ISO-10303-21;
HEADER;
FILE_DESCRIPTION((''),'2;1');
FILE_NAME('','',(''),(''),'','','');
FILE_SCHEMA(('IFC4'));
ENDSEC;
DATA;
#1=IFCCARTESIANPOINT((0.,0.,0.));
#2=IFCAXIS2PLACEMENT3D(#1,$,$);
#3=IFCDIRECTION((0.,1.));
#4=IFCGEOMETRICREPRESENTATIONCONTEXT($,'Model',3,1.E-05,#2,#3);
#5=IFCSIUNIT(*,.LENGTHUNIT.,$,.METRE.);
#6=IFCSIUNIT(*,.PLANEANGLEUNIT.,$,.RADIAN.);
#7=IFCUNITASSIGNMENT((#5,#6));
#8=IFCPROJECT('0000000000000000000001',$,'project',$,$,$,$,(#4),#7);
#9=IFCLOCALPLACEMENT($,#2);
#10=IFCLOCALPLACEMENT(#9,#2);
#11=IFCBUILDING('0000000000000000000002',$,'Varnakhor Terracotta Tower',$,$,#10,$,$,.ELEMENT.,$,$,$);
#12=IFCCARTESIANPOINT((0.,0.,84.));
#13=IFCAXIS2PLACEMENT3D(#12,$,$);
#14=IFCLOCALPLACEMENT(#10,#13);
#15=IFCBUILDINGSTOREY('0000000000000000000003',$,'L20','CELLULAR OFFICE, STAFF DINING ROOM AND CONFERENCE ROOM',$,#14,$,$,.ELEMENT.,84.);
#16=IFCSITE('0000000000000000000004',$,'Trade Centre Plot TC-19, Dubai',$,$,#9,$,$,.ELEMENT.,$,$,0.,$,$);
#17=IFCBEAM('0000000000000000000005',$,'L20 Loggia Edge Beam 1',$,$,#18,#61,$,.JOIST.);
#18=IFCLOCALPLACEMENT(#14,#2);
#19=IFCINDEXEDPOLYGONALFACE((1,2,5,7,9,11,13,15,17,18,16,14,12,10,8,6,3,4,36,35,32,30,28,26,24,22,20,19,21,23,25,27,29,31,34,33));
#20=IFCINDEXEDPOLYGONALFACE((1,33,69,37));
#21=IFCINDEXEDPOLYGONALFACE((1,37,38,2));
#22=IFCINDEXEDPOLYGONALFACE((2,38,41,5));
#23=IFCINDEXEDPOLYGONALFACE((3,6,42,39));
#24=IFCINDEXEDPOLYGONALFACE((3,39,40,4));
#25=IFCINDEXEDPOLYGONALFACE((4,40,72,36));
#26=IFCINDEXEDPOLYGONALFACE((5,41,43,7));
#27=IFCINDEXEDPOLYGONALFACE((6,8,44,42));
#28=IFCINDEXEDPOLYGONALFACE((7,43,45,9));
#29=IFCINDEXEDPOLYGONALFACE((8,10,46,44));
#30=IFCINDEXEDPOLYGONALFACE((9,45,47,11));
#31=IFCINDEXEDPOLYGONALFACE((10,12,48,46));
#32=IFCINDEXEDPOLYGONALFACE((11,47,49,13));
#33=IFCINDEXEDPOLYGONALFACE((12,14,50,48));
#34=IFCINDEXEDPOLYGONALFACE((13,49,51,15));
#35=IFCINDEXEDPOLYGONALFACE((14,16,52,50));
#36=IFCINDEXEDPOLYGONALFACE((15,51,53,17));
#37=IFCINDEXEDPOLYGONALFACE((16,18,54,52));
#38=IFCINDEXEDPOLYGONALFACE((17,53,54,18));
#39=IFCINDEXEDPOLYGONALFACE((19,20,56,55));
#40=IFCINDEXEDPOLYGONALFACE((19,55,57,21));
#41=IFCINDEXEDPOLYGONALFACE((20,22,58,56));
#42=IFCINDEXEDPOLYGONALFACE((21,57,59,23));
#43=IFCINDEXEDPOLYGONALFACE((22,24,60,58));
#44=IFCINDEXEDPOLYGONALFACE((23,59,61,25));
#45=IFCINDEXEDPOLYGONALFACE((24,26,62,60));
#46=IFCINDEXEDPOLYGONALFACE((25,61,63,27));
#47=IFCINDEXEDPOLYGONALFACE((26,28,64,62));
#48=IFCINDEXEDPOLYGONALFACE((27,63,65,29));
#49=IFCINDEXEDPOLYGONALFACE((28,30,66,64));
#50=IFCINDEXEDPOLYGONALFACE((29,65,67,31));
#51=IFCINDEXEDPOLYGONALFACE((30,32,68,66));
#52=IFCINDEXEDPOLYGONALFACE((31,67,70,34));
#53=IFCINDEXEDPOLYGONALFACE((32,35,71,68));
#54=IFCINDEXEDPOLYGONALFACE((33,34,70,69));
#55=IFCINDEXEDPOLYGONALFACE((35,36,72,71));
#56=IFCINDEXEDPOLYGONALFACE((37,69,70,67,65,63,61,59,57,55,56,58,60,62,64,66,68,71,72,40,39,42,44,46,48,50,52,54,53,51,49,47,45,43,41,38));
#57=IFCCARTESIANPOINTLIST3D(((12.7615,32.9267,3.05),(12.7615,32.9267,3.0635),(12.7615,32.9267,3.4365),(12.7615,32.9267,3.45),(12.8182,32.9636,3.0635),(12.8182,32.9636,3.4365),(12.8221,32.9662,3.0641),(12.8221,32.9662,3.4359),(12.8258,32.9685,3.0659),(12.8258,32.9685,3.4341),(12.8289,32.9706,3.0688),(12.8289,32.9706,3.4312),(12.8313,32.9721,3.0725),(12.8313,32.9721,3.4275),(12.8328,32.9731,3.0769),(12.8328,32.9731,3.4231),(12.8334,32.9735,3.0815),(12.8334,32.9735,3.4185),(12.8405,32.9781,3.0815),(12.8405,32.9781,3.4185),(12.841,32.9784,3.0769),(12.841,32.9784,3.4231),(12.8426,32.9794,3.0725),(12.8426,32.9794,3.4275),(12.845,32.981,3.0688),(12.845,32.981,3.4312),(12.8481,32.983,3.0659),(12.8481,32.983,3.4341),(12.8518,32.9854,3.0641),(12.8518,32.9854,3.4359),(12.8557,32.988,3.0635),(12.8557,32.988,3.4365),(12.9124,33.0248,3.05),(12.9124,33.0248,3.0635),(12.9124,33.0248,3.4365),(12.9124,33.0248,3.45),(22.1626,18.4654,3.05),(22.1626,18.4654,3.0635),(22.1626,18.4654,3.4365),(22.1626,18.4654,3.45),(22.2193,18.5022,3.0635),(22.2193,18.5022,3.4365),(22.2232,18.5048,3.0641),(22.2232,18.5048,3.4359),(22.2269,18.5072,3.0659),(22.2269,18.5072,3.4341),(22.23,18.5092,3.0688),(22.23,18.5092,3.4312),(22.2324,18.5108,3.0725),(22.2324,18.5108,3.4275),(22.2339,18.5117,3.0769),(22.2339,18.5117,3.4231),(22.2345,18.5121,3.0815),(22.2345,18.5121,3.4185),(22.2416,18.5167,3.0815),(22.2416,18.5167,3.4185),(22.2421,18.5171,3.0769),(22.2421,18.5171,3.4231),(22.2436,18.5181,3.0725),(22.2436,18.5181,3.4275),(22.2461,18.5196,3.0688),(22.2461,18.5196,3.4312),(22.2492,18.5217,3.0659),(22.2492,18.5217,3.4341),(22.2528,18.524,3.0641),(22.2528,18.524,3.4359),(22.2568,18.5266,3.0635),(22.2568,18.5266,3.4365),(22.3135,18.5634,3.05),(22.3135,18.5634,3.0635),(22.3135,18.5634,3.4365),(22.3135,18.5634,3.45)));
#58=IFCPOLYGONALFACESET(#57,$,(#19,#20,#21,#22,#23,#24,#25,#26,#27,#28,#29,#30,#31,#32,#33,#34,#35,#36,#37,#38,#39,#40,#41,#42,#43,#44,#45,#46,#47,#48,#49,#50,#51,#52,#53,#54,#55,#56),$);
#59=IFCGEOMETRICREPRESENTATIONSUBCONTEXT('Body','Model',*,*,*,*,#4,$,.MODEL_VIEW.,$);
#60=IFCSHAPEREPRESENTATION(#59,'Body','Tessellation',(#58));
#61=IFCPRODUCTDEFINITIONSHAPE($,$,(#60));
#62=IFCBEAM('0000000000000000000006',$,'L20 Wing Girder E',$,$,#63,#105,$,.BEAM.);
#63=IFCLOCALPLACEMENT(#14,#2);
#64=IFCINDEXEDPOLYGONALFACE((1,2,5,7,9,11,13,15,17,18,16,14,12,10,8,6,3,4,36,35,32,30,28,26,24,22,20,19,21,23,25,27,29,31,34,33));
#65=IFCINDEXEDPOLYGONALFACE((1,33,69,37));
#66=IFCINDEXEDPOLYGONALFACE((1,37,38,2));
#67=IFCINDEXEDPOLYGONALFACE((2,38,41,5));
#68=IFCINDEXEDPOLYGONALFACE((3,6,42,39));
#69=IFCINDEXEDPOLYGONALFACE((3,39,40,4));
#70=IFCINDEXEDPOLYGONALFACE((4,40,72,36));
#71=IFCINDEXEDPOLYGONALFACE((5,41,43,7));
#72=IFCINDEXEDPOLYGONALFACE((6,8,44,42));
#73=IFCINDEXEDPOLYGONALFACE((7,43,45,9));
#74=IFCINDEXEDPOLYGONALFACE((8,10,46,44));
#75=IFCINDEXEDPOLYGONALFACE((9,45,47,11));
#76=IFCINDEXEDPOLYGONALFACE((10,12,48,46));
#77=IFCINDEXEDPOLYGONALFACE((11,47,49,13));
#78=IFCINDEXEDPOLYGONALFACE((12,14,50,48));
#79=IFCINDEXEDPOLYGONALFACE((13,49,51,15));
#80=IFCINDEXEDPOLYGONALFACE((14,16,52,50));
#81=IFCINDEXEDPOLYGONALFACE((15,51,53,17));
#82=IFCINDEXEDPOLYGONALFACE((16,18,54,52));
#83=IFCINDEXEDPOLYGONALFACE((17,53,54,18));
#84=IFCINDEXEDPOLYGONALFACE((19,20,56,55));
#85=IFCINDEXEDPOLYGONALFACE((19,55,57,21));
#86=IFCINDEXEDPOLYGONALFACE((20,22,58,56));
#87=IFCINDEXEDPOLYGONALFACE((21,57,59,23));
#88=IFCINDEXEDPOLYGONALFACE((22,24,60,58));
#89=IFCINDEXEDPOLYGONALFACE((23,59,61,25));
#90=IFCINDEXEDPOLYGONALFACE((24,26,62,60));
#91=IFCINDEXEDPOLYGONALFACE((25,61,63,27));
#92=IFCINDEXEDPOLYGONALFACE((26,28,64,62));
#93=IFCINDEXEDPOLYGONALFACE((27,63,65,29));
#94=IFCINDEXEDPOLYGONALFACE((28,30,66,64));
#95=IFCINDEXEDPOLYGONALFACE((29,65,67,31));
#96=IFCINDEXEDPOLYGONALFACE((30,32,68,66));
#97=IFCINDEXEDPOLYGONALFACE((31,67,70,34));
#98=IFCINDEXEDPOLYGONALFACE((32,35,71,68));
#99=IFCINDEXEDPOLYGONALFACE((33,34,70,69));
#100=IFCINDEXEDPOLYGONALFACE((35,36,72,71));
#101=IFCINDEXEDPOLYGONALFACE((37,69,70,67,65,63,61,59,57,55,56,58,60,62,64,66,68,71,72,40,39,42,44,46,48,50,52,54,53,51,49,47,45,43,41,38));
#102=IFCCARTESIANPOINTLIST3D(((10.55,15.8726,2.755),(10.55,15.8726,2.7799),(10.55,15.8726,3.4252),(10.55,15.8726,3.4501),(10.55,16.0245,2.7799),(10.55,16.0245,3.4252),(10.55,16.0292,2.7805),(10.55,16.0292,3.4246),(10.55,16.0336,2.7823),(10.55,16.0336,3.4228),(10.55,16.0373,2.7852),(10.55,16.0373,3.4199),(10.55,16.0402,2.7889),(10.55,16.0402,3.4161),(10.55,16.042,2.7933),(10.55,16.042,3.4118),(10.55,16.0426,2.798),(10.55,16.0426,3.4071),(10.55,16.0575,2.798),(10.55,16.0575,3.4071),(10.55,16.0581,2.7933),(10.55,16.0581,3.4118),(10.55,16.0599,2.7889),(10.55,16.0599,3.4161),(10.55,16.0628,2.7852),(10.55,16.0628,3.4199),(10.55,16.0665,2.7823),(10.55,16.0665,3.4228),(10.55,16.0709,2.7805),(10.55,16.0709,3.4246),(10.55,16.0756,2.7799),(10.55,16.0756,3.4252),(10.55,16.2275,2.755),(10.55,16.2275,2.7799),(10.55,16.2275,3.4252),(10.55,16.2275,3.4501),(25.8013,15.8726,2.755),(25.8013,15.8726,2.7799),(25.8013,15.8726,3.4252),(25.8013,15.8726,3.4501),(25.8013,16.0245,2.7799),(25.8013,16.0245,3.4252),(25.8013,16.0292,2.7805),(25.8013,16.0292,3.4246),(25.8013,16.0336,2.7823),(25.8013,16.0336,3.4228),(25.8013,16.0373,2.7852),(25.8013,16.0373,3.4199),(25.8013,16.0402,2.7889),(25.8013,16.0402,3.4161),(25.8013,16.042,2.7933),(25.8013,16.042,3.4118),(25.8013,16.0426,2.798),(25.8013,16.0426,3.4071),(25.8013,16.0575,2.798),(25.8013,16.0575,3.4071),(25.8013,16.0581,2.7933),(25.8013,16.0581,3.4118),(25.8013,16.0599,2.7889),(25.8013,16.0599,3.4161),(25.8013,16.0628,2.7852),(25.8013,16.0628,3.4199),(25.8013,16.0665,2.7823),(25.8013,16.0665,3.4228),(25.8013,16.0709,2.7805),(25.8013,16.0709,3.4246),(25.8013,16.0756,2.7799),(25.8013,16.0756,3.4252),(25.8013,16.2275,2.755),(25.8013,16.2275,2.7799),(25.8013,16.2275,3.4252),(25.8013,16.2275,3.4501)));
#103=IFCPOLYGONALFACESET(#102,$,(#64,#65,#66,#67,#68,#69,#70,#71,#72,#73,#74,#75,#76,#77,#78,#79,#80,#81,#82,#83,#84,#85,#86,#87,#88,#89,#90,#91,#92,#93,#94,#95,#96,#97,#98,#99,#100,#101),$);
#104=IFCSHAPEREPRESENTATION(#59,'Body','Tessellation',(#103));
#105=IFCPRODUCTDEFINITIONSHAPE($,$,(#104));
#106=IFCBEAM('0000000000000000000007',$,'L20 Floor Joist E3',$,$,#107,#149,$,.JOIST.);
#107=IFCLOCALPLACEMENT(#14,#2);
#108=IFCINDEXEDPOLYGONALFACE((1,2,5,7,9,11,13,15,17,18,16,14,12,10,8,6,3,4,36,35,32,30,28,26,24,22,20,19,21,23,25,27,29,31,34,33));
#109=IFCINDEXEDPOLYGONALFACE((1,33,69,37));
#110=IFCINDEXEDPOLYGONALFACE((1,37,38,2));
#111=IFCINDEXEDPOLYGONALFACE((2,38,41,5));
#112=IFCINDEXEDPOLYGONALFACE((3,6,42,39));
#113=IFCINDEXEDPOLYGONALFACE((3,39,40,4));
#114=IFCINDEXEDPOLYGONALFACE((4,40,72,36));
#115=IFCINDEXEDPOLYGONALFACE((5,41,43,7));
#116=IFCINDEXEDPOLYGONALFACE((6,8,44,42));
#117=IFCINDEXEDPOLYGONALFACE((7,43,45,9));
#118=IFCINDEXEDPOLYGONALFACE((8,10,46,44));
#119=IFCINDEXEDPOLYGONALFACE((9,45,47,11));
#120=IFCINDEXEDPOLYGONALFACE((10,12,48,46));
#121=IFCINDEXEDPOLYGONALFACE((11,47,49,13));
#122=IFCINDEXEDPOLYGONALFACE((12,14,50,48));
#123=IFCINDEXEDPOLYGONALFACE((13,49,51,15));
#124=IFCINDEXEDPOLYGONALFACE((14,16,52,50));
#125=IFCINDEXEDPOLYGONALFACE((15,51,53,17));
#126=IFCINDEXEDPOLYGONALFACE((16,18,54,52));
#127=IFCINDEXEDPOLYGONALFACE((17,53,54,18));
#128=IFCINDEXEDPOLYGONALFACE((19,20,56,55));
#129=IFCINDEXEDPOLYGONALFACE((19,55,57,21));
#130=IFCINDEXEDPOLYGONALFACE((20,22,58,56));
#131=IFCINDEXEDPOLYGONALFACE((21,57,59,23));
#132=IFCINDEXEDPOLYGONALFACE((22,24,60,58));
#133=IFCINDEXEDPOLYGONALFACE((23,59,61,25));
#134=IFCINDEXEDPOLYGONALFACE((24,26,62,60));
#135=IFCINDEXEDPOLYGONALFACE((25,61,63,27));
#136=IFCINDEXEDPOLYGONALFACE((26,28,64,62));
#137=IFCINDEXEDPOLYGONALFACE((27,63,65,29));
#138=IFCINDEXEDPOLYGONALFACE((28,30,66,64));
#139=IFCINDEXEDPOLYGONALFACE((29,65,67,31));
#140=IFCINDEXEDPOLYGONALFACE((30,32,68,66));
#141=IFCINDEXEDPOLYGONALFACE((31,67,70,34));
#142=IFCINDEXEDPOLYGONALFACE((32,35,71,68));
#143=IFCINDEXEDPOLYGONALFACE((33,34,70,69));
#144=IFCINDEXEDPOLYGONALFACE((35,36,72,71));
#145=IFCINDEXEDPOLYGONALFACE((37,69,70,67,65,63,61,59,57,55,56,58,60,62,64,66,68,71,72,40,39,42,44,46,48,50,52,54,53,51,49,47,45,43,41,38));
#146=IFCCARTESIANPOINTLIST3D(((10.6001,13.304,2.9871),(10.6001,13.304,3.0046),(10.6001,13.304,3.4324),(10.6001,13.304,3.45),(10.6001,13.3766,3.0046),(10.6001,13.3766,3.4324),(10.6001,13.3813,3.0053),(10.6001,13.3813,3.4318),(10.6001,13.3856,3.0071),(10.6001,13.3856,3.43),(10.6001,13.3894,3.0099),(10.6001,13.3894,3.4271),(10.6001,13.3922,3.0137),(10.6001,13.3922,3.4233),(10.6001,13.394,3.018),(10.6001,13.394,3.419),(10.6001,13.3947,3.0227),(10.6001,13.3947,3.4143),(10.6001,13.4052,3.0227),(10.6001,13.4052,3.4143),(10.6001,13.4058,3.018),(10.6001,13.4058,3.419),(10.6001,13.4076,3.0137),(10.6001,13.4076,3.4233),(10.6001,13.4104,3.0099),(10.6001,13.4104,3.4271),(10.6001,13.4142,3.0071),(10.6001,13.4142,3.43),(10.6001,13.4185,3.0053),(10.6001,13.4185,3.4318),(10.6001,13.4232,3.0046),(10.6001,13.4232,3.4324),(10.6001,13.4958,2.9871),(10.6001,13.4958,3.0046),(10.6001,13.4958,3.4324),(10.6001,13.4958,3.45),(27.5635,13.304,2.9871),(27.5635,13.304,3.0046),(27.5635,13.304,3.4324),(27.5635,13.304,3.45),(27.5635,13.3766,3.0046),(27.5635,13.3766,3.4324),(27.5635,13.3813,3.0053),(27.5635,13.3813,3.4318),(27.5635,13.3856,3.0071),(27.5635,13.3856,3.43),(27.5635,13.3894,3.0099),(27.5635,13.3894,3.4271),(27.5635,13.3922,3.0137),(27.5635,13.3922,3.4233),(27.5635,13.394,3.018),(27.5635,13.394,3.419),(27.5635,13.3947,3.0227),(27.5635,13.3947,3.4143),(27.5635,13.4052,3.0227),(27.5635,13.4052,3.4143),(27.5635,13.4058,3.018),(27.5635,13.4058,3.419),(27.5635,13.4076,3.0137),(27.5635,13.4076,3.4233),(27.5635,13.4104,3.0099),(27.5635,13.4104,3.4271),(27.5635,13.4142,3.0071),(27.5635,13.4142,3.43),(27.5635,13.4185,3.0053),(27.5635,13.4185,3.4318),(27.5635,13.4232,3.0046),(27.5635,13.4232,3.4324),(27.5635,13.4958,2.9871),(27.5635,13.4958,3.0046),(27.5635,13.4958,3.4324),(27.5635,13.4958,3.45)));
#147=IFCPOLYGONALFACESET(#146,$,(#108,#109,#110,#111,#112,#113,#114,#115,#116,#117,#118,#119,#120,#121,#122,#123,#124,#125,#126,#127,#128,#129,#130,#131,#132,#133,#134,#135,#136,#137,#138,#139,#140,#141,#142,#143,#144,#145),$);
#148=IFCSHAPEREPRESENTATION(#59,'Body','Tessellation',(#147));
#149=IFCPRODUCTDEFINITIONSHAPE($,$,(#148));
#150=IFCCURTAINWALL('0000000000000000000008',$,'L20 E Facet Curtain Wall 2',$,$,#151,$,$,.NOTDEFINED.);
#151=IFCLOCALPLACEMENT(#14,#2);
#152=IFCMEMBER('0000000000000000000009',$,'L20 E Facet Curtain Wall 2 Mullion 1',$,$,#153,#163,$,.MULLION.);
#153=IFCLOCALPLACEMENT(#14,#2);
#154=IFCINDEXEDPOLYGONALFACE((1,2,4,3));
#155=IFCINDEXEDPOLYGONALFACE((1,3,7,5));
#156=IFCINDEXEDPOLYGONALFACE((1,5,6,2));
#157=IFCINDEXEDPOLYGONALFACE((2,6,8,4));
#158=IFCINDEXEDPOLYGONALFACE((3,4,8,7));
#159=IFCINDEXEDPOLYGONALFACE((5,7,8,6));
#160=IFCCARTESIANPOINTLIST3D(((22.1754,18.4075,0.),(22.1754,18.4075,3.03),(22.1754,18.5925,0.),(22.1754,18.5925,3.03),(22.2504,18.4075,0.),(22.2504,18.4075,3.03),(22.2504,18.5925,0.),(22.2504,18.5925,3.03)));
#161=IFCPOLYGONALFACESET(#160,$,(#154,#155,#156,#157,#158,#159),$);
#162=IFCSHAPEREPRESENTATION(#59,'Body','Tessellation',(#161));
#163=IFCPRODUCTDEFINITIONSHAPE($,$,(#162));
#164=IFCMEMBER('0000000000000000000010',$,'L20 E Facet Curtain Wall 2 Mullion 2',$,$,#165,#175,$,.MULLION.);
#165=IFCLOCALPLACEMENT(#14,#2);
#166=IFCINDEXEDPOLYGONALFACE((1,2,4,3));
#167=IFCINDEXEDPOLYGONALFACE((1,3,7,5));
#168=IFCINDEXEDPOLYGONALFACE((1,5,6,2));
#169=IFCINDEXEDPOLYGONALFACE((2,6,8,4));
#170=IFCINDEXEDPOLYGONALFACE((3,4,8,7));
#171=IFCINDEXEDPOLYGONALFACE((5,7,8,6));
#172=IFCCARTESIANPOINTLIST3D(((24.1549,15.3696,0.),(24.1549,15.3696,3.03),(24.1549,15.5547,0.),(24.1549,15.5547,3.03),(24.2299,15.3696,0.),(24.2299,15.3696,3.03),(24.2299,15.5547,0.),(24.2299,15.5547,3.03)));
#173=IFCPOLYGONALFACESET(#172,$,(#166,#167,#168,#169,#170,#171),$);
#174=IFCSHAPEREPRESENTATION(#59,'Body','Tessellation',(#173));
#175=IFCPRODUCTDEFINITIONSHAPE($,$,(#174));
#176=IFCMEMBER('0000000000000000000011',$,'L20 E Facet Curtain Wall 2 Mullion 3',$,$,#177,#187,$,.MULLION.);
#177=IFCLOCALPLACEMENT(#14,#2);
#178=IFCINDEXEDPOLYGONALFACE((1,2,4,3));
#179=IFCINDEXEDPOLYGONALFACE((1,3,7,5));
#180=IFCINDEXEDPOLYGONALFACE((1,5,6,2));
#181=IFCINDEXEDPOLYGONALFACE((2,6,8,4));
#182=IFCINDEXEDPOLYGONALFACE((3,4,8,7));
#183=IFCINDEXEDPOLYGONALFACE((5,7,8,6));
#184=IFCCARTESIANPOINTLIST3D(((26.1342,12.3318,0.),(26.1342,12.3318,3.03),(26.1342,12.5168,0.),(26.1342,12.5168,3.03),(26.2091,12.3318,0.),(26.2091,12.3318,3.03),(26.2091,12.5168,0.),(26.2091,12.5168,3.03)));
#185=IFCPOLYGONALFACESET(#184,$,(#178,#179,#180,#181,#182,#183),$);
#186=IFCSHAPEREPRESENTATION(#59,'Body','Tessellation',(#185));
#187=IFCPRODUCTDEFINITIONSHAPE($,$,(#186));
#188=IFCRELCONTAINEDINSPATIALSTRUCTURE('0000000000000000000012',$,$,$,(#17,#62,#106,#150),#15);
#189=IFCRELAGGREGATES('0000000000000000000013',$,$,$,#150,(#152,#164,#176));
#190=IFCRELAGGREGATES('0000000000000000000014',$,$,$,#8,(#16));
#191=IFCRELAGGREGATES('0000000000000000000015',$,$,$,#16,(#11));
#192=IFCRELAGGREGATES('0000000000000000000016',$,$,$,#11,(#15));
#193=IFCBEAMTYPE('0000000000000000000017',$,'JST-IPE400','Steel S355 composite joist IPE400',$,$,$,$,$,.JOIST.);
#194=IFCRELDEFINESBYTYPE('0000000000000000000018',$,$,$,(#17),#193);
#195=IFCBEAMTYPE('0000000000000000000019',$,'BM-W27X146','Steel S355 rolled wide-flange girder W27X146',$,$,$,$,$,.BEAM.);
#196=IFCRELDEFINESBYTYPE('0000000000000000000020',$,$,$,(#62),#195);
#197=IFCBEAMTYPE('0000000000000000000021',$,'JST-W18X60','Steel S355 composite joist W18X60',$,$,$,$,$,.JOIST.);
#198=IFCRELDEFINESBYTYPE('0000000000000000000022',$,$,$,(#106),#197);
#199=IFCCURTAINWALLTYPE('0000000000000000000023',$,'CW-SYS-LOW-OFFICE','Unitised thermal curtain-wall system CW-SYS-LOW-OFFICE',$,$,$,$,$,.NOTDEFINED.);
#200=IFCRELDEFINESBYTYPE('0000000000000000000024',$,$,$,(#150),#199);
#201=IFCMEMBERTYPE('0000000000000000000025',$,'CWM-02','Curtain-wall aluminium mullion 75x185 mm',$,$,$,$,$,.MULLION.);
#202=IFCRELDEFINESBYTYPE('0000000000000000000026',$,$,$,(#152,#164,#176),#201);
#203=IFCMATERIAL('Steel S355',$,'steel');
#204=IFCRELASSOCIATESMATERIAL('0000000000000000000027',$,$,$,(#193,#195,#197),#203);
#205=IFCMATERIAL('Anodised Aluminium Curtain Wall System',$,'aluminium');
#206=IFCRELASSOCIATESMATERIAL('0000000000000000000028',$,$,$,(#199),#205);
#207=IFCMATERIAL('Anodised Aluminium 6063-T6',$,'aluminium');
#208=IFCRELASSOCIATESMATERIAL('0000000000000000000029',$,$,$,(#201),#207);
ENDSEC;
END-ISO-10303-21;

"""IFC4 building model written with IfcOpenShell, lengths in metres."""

from ifc_helpers import new_model, si_unit, direction, frame, origin, origin_2d, place, context, subcontext, project, spatial, rectangle, i_section, extrude, source, transform, mapped, material, material_profile, profile_set, type_object, type_shapes, element, aggregate, save


model = new_model("IFC4")

# Units and contexts
model_context = context("Model", 3, precision=1e-05, world=origin(), true_north=direction((0.0, 1.0)))
body_context = subcontext(model_context, "Body", "Model", "MODEL_VIEW")
ifc_project = project(units=[si_unit("LENGTHUNIT", "METRE"), si_unit("PLANEANGLEUNIT", "RADIAN")], contexts=[model_context])

# Site, building, storey
site_placement = place(None, origin())
site = spatial("IfcSite", under=ifc_project, at=site_placement, Name="Trade Centre Plot TC-19, Dubai", CompositionType="ELEMENT", RefElevation=0.0)
building_placement = place(site_placement, origin())
building = spatial("IfcBuilding", under=site, at=building_placement, Name="Varnakhor Terracotta Tower", CompositionType="ELEMENT")
storey_placement = place(building_placement, frame((0.0, 0.0, 84.0)))
storey = spatial("IfcBuildingStorey", under=building, at=storey_placement, Name="L20", Description="CELLULAR OFFICE, STAFF DINING ROOM AND CONFERENCE ROOM", CompositionType="ELEMENT", Elevation=84.0)

# Beams
ifc_material_1 = material(Name="Steel S355", Category="steel")
ifc_material_profile_1 = material_profile(ifc_material_1, i_section(OverallWidth=0.1799, OverallDepth=0.3999, WebThickness=0.0085, FlangeThickness=0.0134, FilletRadius=0.0181, at=origin_2d()), Name="IPE400")
ifc_profile_set_1 = profile_set([ifc_material_profile_1], Name="Steel S355")
beam_type_1 = type_object("IfcBeamType", Name="JST-IPE400", Description="Steel S355 composite joist IPE400", PredefinedType="JOIST", material=ifc_profile_set_1)
shared_shape_1 = source(origin(), body_context, "Body", "SweptSolid", [
    extrude(i_section(OverallWidth=0.1799, OverallDepth=0.3999, WebThickness=0.0085, FlangeThickness=0.0134, FilletRadius=0.0181, at=origin_2d()), origin(), (0.0, 0.0, 1.0), 17.2485),
])
beam_1_placement = place(storey_placement, frame((22.238, 18.5144, 3.25), z_axis=(-0.545037, 0.838412, 0.0), x_axis=(-0.838412, -0.545037, 0.0)))
element("IfcBeam", 1, at=beam_1_placement, inside=storey, type_object=beam_type_1, Name="L20 Loggia Edge Beam 1", PredefinedType="JOIST", context=body_context, shape_type="MappedRepresentation", body=[
    mapped(shared_shape_1, transform((0.0, 0.0, 0.0), scale=1.0)),
])
ifc_material_profile_2 = material_profile(ifc_material_1, i_section(OverallWidth=0.355, OverallDepth=0.6951, WebThickness=0.0149, FlangeThickness=0.0249, FilletRadius=0.0181, at=origin_2d()), Name="W27X146")
ifc_profile_set_2 = profile_set([ifc_material_profile_2], Name="Steel S355")
beam_type_2 = type_object("IfcBeamType", Name="BM-W27X146", Description="Steel S355 rolled wide-flange girder W27X146", PredefinedType="BEAM", material=ifc_profile_set_2)
shared_shape_2 = source(origin(), body_context, "Body", "SweptSolid", [
    extrude(i_section(OverallWidth=0.355, OverallDepth=0.6951, WebThickness=0.0149, FlangeThickness=0.0249, FilletRadius=0.0181, at=origin_2d()), origin(), (0.0, 0.0, 1.0), 15.2512),
])
beam_2_placement = place(storey_placement, frame((10.55, 16.05, 3.1025), z_axis=(1.0, 0.0, 0.0), x_axis=(0.0, 1.0, 0.0)))
element("IfcBeam", 2, at=beam_2_placement, inside=storey, type_object=beam_type_2, Name="L20 Wing Girder E", PredefinedType="BEAM", context=body_context, shape_type="MappedRepresentation", body=[
    mapped(shared_shape_2, transform((0.0, 0.0, 0.0), scale=1.0)),
])
ifc_material_profile_3 = material_profile(ifc_material_1, i_section(OverallWidth=0.1919, OverallDepth=0.4629, WebThickness=0.0105, FlangeThickness=0.0176, FilletRadius=0.0181, at=origin_2d()), Name="W18X60")
ifc_profile_set_3 = profile_set([ifc_material_profile_3], Name="Steel S355")
beam_type_3 = type_object("IfcBeamType", Name="JST-W18X60", Description="Steel S355 composite joist W18X60", PredefinedType="JOIST", material=ifc_profile_set_3)
shared_shape_3 = source(origin(), body_context, "Body", "SweptSolid", [
    extrude(i_section(OverallWidth=0.1919, OverallDepth=0.4629, WebThickness=0.0105, FlangeThickness=0.0176, FilletRadius=0.0181, at=origin_2d()), origin(), (0.0, 0.0, 1.0), 16.9634),
])
beam_3_placement = place(storey_placement, frame((10.6001, 13.3999, 3.2185), z_axis=(1.0, 0.0, 0.0), x_axis=(0.0, 1.0, 0.0)))
element("IfcBeam", 3, at=beam_3_placement, inside=storey, type_object=beam_type_3, Name="L20 Floor Joist E3", PredefinedType="JOIST", context=body_context, shape_type="MappedRepresentation", body=[
    mapped(shared_shape_3, transform((0.0, 0.0, 0.0), scale=1.0)),
])

# Curtain wall, members
ifc_material_2 = material(Name="Anodised Aluminium Curtain Wall System", Category="aluminium")
curtain_wall_type = type_object("IfcCurtainWallType", Name="CW-SYS-LOW-OFFICE", Description="Unitised thermal curtain-wall system CW-SYS-LOW-OFFICE", PredefinedType="NOTDEFINED", material=ifc_material_2)
curtain_wall_placement = place(storey_placement, origin())
curtain_wall = element("IfcCurtainWall", 4, at=curtain_wall_placement, inside=storey, type_object=curtain_wall_type, Name="L20 E Facet Curtain Wall 2", PredefinedType="NOTDEFINED")
ifc_material_3 = material(Name="Anodised Aluminium 6063-T6", Category="aluminium")
ifc_material_profile_4 = material_profile(ifc_material_3, rectangle(XDim=0.075, YDim=0.1851, at=origin_2d()), Name="ALU MULLION 75x185")
ifc_profile_set_4 = profile_set([ifc_material_profile_4], Name="Anodised Aluminium 6063-T6")
member_type_1 = type_object("IfcMemberType", Name="CWM-02", Description="Curtain-wall aluminium mullion 75x185 mm", PredefinedType="MULLION", material=ifc_profile_set_4)
shared_shape_4 = source(origin(), body_context, "Body", "SweptSolid", [
    extrude(rectangle(XDim=0.075, YDim=0.1851, at=origin_2d()), origin(), (0.0, 0.0, 1.0), 3.03),
])
type_shapes(member_type_1, [shared_shape_4])
member_1_placement = place(storey_placement, frame((22.2129, 18.5, 0.0), z_axis=(0.0, 0.0, 1.0), x_axis=(1.0, 0.0, 0.0)))
member_1 = element("IfcMember", 5, at=member_1_placement, type_object=member_type_1, Name="L20 E Facet Curtain Wall 2 Mullion 1", PredefinedType="MULLION", context=body_context, shape_type="MappedRepresentation", body=[
    mapped(shared_shape_4, transform((0.0, 0.0, 0.0), scale=1.0)),
])
member_2_placement = place(storey_placement, frame((24.1924, 15.4622, 0.0), z_axis=(0.0, 0.0, 1.0), x_axis=(1.0, 0.0, 0.0)))
member_2 = element("IfcMember", 6, at=member_2_placement, type_object=member_type_1, Name="L20 E Facet Curtain Wall 2 Mullion 2", PredefinedType="MULLION", context=body_context, shape_type="MappedRepresentation", body=[
    mapped(shared_shape_4, transform((0.0, 0.0, 0.0), scale=1.0)),
])
member_3_placement = place(storey_placement, frame((26.1716, 12.4243, 0.0), z_axis=(0.0, 0.0, 1.0), x_axis=(1.0, 0.0, 0.0)))
member_3 = element("IfcMember", 7, at=member_3_placement, type_object=member_type_1, Name="L20 E Facet Curtain Wall 2 Mullion 3", PredefinedType="MULLION", context=body_context, shape_type="MappedRepresentation", body=[
    mapped(shared_shape_4, transform((0.0, 0.0, 0.0), scale=1.0)),
])

aggregate(curtain_wall, [member_1, member_2, member_3])

save(model, "model.ifc")
